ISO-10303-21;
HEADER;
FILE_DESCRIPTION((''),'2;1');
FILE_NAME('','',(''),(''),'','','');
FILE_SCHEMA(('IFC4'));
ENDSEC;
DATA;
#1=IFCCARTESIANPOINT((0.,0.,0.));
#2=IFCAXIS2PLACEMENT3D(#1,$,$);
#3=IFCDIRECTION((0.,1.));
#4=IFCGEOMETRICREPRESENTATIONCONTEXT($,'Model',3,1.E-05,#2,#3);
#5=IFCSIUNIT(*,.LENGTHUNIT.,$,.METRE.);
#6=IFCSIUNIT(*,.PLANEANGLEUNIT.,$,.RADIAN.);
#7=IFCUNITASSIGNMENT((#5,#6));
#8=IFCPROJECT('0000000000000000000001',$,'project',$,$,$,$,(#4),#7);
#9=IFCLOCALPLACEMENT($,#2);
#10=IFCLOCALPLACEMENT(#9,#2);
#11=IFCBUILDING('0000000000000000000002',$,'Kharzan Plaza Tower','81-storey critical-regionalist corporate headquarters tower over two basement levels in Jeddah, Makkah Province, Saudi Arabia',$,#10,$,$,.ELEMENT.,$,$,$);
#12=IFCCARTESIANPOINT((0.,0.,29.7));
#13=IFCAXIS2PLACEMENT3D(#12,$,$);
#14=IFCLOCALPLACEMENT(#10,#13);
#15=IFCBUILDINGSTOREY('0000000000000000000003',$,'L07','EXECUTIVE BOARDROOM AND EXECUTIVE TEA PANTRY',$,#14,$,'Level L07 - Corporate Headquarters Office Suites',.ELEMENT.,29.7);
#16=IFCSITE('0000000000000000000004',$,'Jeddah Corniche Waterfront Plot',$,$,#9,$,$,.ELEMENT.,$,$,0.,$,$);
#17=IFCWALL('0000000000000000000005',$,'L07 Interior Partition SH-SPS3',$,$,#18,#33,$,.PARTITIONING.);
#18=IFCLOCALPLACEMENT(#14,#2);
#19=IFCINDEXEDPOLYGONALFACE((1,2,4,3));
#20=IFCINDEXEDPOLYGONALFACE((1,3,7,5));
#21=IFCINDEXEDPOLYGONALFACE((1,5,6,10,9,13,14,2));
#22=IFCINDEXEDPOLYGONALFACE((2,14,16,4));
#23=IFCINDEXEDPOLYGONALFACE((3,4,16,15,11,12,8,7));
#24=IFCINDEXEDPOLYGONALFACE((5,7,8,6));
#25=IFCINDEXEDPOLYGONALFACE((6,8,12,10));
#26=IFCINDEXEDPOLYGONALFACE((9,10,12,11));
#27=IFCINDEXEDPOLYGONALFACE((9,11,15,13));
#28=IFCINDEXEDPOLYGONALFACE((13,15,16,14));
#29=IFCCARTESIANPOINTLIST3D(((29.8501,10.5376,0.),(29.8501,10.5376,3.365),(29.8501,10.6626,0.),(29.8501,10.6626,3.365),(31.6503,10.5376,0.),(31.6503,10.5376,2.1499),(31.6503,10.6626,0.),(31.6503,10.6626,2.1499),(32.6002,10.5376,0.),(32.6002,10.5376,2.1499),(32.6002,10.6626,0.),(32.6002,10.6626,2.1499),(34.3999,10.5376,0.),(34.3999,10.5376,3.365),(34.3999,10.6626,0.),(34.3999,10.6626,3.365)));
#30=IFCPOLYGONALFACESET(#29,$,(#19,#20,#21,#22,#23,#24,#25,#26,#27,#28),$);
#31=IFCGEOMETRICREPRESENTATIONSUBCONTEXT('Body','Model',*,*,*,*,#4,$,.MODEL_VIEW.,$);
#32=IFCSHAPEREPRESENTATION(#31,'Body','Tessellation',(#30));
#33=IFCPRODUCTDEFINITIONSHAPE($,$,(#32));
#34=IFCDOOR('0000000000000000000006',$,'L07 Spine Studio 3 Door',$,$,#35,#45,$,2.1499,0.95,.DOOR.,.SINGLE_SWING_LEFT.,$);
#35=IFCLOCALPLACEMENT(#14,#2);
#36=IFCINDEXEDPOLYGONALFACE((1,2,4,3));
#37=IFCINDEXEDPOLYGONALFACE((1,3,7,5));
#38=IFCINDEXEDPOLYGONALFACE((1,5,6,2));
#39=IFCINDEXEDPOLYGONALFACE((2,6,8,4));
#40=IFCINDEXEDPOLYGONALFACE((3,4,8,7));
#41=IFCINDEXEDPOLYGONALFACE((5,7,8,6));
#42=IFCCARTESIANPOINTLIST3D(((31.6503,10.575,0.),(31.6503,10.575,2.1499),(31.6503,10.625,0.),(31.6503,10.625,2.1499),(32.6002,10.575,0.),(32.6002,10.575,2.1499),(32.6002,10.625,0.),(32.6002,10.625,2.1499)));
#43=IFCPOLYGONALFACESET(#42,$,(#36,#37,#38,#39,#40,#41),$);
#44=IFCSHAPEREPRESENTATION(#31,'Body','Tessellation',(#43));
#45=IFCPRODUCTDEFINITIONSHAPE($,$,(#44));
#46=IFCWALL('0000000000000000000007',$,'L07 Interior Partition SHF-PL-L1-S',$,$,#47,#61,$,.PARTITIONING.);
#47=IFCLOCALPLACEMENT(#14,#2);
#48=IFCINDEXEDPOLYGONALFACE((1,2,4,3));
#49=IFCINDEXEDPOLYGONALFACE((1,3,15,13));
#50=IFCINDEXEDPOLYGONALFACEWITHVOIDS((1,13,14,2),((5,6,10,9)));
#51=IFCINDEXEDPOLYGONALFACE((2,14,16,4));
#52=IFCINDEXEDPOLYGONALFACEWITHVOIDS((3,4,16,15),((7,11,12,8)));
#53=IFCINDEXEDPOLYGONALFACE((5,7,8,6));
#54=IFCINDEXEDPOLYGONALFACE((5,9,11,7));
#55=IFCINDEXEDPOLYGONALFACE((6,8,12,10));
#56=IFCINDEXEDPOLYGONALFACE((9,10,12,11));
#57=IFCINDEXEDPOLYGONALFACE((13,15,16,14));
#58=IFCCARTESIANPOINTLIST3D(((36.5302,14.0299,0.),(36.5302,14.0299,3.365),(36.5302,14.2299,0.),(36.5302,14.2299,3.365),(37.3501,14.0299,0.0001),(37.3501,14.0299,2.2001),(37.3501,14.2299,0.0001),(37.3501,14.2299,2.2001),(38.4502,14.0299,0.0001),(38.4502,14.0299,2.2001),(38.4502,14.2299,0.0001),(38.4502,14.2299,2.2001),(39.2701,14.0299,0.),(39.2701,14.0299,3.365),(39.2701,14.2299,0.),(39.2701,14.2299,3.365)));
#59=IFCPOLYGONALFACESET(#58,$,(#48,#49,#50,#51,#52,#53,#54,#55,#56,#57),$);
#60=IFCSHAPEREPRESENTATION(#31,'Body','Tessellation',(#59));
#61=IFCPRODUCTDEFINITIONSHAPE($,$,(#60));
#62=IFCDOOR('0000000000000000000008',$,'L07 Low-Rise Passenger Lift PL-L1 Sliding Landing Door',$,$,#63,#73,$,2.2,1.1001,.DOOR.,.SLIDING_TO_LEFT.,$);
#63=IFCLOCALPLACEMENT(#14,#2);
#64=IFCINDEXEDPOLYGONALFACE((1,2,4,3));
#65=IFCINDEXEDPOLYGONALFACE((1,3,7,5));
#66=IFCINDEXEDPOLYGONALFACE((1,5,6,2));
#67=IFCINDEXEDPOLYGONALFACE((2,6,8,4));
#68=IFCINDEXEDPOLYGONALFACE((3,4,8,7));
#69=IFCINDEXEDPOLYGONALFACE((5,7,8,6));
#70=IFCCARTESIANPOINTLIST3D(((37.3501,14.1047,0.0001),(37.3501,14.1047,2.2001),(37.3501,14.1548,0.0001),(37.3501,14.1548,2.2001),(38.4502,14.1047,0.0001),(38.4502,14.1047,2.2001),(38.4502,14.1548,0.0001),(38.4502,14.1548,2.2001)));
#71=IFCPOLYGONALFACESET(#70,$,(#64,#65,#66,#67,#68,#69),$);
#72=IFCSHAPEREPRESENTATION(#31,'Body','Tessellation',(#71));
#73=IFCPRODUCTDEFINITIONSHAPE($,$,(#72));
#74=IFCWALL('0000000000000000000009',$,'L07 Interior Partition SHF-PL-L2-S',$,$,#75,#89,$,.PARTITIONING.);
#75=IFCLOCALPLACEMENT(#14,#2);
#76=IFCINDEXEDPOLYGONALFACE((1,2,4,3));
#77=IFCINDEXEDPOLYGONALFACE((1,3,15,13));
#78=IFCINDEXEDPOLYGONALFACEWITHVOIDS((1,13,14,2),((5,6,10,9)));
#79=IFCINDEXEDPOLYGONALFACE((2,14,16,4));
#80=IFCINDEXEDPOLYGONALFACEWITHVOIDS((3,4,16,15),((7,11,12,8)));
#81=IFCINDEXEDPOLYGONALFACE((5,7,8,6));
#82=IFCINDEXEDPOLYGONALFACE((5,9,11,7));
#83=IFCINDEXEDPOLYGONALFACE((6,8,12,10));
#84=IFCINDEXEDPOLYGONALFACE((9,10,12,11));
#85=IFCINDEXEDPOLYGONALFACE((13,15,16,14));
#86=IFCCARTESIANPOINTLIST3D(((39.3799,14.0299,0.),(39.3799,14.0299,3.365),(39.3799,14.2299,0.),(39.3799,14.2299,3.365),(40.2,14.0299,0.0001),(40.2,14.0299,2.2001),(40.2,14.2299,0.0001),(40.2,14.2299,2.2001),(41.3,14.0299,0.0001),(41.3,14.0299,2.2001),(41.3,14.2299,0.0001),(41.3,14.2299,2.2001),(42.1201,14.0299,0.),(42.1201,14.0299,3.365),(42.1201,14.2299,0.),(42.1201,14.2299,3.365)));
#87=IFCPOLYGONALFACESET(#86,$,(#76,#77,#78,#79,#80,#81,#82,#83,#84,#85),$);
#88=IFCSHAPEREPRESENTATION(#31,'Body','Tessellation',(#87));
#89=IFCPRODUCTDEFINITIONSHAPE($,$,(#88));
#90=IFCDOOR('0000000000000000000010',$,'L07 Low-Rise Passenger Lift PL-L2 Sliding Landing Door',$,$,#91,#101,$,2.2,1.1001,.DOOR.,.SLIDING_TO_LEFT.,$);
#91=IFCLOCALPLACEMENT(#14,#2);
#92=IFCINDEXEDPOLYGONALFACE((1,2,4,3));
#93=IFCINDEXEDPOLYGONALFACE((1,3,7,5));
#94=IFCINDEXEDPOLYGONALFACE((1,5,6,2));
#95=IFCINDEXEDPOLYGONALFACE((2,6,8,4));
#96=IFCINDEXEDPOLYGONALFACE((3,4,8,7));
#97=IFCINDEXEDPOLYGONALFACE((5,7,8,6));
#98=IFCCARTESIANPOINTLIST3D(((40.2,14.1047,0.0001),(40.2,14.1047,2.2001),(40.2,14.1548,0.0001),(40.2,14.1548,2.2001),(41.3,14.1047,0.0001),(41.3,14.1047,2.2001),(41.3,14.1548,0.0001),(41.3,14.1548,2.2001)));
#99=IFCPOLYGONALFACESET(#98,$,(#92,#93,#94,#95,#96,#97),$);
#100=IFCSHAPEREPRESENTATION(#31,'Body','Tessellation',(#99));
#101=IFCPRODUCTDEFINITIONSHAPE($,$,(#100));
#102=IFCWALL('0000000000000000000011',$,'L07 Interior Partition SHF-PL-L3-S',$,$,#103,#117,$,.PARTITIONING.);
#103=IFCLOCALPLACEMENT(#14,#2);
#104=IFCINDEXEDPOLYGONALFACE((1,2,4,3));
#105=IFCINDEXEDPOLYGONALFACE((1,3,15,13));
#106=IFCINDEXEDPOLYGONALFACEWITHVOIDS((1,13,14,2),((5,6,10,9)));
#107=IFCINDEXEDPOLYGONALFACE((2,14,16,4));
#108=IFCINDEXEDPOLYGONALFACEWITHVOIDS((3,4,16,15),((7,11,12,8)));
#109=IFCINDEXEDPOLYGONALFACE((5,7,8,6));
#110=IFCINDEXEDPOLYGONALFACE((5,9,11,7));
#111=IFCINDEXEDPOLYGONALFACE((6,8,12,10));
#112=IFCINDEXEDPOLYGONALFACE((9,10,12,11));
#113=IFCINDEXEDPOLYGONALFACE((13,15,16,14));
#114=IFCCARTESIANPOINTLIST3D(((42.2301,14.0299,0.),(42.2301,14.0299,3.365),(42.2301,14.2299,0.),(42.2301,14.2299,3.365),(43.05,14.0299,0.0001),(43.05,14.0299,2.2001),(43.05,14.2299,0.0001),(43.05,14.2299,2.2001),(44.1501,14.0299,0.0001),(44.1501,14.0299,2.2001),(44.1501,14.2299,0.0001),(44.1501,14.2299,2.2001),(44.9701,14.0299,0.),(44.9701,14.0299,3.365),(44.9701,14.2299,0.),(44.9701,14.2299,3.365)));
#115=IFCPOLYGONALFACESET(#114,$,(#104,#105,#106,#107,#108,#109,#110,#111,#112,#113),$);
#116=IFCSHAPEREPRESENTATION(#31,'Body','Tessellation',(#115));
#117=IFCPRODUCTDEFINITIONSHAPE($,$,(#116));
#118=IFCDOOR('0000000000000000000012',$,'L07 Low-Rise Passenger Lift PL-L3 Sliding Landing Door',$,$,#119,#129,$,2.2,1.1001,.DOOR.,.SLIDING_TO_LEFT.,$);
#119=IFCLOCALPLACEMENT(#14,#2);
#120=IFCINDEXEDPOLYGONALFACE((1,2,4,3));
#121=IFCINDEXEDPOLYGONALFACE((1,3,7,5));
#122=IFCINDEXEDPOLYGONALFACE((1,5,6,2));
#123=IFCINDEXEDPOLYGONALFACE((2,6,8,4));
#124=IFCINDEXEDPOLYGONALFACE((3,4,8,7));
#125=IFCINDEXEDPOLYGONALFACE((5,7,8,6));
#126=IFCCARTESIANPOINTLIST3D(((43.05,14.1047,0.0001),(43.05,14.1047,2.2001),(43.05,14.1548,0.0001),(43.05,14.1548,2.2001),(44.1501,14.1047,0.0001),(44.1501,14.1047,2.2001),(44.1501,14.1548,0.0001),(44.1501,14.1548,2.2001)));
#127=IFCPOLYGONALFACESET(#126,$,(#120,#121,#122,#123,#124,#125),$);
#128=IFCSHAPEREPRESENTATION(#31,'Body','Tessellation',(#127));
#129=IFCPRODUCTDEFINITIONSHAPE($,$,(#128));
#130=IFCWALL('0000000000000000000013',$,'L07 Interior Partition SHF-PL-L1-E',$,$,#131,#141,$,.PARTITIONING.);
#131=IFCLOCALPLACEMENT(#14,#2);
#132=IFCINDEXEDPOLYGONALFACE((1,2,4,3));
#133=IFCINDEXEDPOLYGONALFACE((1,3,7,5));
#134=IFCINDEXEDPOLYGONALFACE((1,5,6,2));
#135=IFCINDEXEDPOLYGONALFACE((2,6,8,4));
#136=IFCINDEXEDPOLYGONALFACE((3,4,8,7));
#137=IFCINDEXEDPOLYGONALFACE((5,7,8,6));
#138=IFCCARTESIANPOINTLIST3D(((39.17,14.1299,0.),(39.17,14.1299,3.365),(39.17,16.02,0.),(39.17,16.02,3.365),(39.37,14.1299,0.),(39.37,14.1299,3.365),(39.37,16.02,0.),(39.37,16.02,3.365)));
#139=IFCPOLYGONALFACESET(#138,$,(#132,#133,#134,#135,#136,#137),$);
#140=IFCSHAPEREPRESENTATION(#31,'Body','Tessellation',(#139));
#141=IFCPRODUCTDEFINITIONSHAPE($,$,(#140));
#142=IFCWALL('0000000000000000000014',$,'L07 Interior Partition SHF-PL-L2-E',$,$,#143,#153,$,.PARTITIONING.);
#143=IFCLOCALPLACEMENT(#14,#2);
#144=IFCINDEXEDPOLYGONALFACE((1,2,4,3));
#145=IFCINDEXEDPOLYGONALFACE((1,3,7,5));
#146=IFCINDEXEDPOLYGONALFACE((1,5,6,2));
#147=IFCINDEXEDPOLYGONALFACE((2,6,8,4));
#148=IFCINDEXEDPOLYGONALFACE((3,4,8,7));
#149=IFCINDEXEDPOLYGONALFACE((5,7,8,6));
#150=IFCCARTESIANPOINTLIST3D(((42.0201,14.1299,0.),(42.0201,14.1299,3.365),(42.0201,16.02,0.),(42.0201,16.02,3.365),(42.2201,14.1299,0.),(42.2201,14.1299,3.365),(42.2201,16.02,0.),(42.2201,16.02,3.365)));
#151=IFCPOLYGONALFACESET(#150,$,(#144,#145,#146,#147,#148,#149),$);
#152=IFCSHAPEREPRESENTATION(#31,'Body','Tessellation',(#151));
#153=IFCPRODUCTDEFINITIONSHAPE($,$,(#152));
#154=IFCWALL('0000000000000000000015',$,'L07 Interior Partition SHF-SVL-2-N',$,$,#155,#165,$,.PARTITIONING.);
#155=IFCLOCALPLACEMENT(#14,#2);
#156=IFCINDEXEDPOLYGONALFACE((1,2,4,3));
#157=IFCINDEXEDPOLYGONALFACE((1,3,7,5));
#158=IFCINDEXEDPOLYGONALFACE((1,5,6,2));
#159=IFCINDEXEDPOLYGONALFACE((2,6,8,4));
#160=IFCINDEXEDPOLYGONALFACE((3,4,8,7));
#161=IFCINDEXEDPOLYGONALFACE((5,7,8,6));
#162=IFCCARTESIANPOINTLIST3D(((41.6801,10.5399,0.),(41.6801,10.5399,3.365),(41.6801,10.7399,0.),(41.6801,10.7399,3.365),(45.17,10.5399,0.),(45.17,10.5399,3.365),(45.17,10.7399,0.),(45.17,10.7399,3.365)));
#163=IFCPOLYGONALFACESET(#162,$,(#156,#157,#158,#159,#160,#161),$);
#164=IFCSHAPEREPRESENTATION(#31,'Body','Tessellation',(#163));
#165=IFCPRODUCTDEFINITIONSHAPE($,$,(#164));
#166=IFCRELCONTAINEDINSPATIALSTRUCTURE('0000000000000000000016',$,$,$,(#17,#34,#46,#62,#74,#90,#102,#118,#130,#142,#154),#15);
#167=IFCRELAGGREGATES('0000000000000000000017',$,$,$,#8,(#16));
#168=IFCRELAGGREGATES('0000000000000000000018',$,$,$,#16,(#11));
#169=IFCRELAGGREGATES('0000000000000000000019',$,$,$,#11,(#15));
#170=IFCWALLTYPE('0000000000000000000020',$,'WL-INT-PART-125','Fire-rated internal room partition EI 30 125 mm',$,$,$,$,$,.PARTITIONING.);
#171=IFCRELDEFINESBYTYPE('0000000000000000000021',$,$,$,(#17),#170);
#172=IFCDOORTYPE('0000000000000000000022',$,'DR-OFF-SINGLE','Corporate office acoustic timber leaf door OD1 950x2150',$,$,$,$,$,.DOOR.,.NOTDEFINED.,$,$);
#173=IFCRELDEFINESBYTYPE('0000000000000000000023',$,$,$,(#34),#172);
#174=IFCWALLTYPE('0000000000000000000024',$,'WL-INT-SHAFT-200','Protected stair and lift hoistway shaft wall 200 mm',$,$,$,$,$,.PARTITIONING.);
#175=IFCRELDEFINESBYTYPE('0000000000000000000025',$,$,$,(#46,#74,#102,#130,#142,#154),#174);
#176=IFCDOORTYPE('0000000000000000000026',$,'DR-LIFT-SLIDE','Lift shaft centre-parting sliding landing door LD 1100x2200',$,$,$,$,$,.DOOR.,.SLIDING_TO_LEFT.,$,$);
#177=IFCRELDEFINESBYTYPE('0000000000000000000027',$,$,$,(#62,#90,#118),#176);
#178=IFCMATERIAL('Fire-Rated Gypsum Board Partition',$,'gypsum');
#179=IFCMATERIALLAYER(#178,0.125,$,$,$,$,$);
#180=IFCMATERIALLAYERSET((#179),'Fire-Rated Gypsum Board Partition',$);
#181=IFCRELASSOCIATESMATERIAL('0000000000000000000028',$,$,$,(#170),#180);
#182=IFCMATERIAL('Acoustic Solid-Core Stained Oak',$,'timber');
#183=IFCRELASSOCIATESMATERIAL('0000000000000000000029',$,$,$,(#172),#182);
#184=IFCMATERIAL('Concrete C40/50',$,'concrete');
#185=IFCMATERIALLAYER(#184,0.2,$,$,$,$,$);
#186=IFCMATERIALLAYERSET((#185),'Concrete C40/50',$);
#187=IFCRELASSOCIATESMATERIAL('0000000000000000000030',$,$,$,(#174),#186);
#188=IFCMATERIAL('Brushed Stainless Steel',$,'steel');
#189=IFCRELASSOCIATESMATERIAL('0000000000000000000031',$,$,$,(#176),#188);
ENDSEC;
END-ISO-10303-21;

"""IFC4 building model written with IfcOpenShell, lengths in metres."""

from ifc_helpers import new_model, si_unit, direction, frame, frame_2d, origin, place, context, subcontext, project, spatial, rectangle, extrude, source, transform, mapped, material, layer, layer_set, type_object, element, fill, save


model = new_model("IFC4")

# Units and contexts
model_context = context("Model", 3, precision=1e-05, world=origin(), true_north=direction((0.0, 1.0)))
body_context = subcontext(model_context, "Body", "Model", "MODEL_VIEW")
ifc_project = project(units=[si_unit("LENGTHUNIT", "METRE"), si_unit("PLANEANGLEUNIT", "RADIAN")], contexts=[model_context])

# Site, building, storey
site_placement = place(None, origin())
site = spatial("IfcSite", under=ifc_project, at=site_placement, Name="Jeddah Corniche Waterfront Plot", CompositionType="ELEMENT", RefElevation=0.0)
building_placement = place(site_placement, origin())
building = spatial("IfcBuilding", under=site, at=building_placement, Name="Kharzan Plaza Tower", Description="81-storey critical-regionalist corporate headquarters tower over two basement levels in Jeddah, Makkah Province, Saudi Arabia", CompositionType="ELEMENT")
storey_placement = place(building_placement, frame((0.0, 0.0, 29.7)))
storey = spatial("IfcBuildingStorey", under=building, at=storey_placement, Name="L07", Description="EXECUTIVE BOARDROOM AND EXECUTIVE TEA PANTRY", LongName="Level L07 - Corporate Headquarters Office Suites", CompositionType="ELEMENT", Elevation=29.7)

# Walls, openings, doors
ifc_material_1 = material(Name="Fire-Rated Gypsum Board Partition", Category="gypsum")
ifc_layer_1 = layer(ifc_material_1, 0.125)
ifc_layer_set_1 = layer_set([ifc_layer_1], Name="Fire-Rated Gypsum Board Partition")
wall_type_1 = type_object("IfcWallType", Name="WL-INT-PART-125", Description="Fire-rated internal room partition EI 30 125 mm", PredefinedType="PARTITIONING", material=ifc_layer_set_1)
ifc_material_2 = material(Name="Acoustic Solid-Core Stained Oak", Category="timber")
door_type_1 = type_object("IfcDoorType", Name="DR-OFF-SINGLE", Description="Corporate office acoustic timber leaf door OD1 950x2150", OperationType="NOTDEFINED", PredefinedType="DOOR", material=ifc_material_2)
shared_shape_1 = source(origin(), body_context, "Body", "SweptSolid", [
    extrude(rectangle(XDim=0.95, YDim=2.1499, at=frame_2d((0.4751, 1.075))), frame((0.0, 0.0249, 0.0), z_axis=(0.0, -1.0, 0.0), x_axis=(1.0, 0.0, 0.0)), (0.0, 0.0, 1.0), 0.05),
])
wall_1_placement = place(storey_placement, frame((29.8501, 10.6001, 0.0), z_axis=(0.0, 0.0, 1.0), x_axis=(1.0, 0.0, 0.0)))
wall_1 = element("IfcWall", 1, at=wall_1_placement, inside=storey, type_object=wall_type_1, Name="L07 Interior Partition SH-SPS3", PredefinedType="PARTITIONING", context=body_context, shape_type="SweptSolid", body=[
    extrude(rectangle(XDim=4.5498, YDim=0.125, at=frame_2d((2.2749, 0.0))), origin(), (0.0, 0.0, 1.0), 3.365),
])
opening_1_placement = place(wall_1_placement, frame((1.8, 0.0, 0.0)))
opening_1 = element("IfcOpeningElement", 2, at=opening_1_placement, cuts=wall_1, PredefinedType="OPENING", context=body_context, shape_type="SweptSolid", body=[
    extrude(rectangle(XDim=0.95, YDim=2.1499, at=frame_2d((0.4751, 1.075))), frame((0.0, 0.0725, 0.0), z_axis=(0.0, -1.0, 0.0), x_axis=(1.0, 0.0, 0.0)), (0.0, 0.0, 1.0), 0.145),
])
door_1_placement = place(opening_1_placement, origin())
door_1 = element("IfcDoor", 3, at=door_1_placement, inside=storey, type_object=door_type_1, Name="L07 Spine Studio 3 Door", OperationType="SINGLE_SWING_LEFT", OverallHeight=2.1499, OverallWidth=0.95, PredefinedType="DOOR", context=body_context, shape_type="MappedRepresentation", body=[
    mapped(shared_shape_1, transform((0.0, 0.0, 0.0), x_axis=(1.0, 0.0, 0.0), y_axis=(0.0, 1.0, 0.0), z_axis=(0.0, 0.0, 1.0))),
])
fill(opening_1, door_1)
ifc_material_3 = material(Name="Concrete C40/50", Category="concrete")
ifc_layer_2 = layer(ifc_material_3, 0.2)
ifc_layer_set_2 = layer_set([ifc_layer_2], Name="Concrete C40/50")
wall_type_2 = type_object("IfcWallType", Name="WL-INT-SHAFT-200", Description="Protected stair and lift hoistway shaft wall 200 mm", PredefinedType="PARTITIONING", material=ifc_layer_set_2)
wall_2_placement = place(storey_placement, frame((36.53, 14.1299, 0.0), z_axis=(0.0, 0.0, 1.0), x_axis=(1.0, 0.0, 0.0)))
wall_2 = element("IfcWall", 4, at=wall_2_placement, inside=storey, type_object=wall_type_2, Name="L07 Interior Partition SHF-PL-L1-S", PredefinedType="PARTITIONING", context=body_context, shape_type="SweptSolid", body=[
    extrude(rectangle(XDim=2.74, YDim=0.2, at=frame_2d((1.3701, 0.0))), origin(), (0.0, 0.0, 1.0), 3.365),
])
opening_2_placement = place(wall_2_placement, frame((0.8201, 0.0, 0.0)))
opening_2 = element("IfcOpeningElement", 5, at=opening_2_placement, cuts=wall_2, PredefinedType="OPENING", context=body_context, shape_type="SweptSolid", body=[
    extrude(rectangle(XDim=1.1001, YDim=2.2, at=frame_2d((0.55, 1.1001))), frame((0.0, 0.1099, 0.0), z_axis=(0.0, -1.0, 0.0), x_axis=(1.0, 0.0, 0.0)), (0.0, 0.0, 1.0), 0.22),
])
ifc_material_4 = material(Name="Brushed Stainless Steel", Category="steel")
door_type_2 = type_object("IfcDoorType", Name="DR-LIFT-SLIDE", Description="Lift shaft centre-parting sliding landing door LD 1100x2200", OperationType="SLIDING_TO_LEFT", PredefinedType="DOOR", material=ifc_material_4)
shared_shape_2 = source(origin(), body_context, "Body", "SweptSolid", [
    extrude(rectangle(XDim=1.1001, YDim=2.2, at=frame_2d((0.55, 1.1001))), frame((0.0, 0.0249, 0.0), z_axis=(0.0, -1.0, 0.0), x_axis=(1.0, 0.0, 0.0)), (0.0, 0.0, 1.0), 0.05),
])
door_2_placement = place(opening_2_placement, origin())
door_2 = element("IfcDoor", 6, at=door_2_placement, inside=storey, type_object=door_type_2, Name="L07 Low-Rise Passenger Lift PL-L1 Sliding Landing Door", OperationType="SLIDING_TO_LEFT", OverallHeight=2.2, OverallWidth=1.1001, PredefinedType="DOOR", context=body_context, shape_type="MappedRepresentation", body=[
    mapped(shared_shape_2, transform((0.0, 0.0, 0.0), x_axis=(1.0, 0.0, 0.0), y_axis=(0.0, 1.0, 0.0), z_axis=(0.0, 0.0, 1.0))),
])
fill(opening_2, door_2)
wall_3_placement = place(storey_placement, frame((39.3799, 14.1299, 0.0), z_axis=(0.0, 0.0, 1.0), x_axis=(1.0, 0.0, 0.0)))
wall_3 = element("IfcWall", 7, at=wall_3_placement, inside=storey, type_object=wall_type_2, Name="L07 Interior Partition SHF-PL-L2-S", PredefinedType="PARTITIONING", context=body_context, shape_type="SweptSolid", body=[
    extrude(rectangle(XDim=2.7402, YDim=0.2, at=frame_2d((1.3701, 0.0))), origin(), (0.0, 0.0, 1.0), 3.365),
])
opening_3_placement = place(wall_3_placement, frame((0.8201, 0.0, 0.0)))
opening_3 = element("IfcOpeningElement", 8, at=opening_3_placement, cuts=wall_3, PredefinedType="OPENING", context=body_context, shape_type="SweptSolid", body=[
    extrude(rectangle(XDim=1.1001, YDim=2.2, at=frame_2d((0.55, 1.1001))), frame((0.0, 0.1099, 0.0), z_axis=(0.0, -1.0, 0.0), x_axis=(1.0, 0.0, 0.0)), (0.0, 0.0, 1.0), 0.22),
])
door_3_placement = place(opening_3_placement, origin())
door_3 = element("IfcDoor", 9, at=door_3_placement, inside=storey, type_object=door_type_2, Name="L07 Low-Rise Passenger Lift PL-L2 Sliding Landing Door", OperationType="SLIDING_TO_LEFT", OverallHeight=2.2, OverallWidth=1.1001, PredefinedType="DOOR", context=body_context, shape_type="MappedRepresentation", body=[
    mapped(shared_shape_2, transform((0.0, 0.0, 0.0), x_axis=(1.0, 0.0, 0.0), y_axis=(0.0, 1.0, 0.0), z_axis=(0.0, 0.0, 1.0))),
])
fill(opening_3, door_3)
wall_4_placement = place(storey_placement, frame((42.23, 14.1299, 0.0), z_axis=(0.0, 0.0, 1.0), x_axis=(1.0, 0.0, 0.0)))
wall_4 = element("IfcWall", 10, at=wall_4_placement, inside=storey, type_object=wall_type_2, Name="L07 Interior Partition SHF-PL-L3-S", PredefinedType="PARTITIONING", context=body_context, shape_type="SweptSolid", body=[
    extrude(rectangle(XDim=2.74, YDim=0.2, at=frame_2d((1.3701, 0.0))), origin(), (0.0, 0.0, 1.0), 3.365),
])
opening_4_placement = place(wall_4_placement, frame((0.8201, 0.0, 0.0)))
opening_4 = element("IfcOpeningElement", 11, at=opening_4_placement, cuts=wall_4, PredefinedType="OPENING", context=body_context, shape_type="SweptSolid", body=[
    extrude(rectangle(XDim=1.1001, YDim=2.2, at=frame_2d((0.55, 1.1001))), frame((0.0, 0.1099, 0.0), z_axis=(0.0, -1.0, 0.0), x_axis=(1.0, 0.0, 0.0)), (0.0, 0.0, 1.0), 0.22),
])
door_4_placement = place(opening_4_placement, origin())
door_4 = element("IfcDoor", 12, at=door_4_placement, inside=storey, type_object=door_type_2, Name="L07 Low-Rise Passenger Lift PL-L3 Sliding Landing Door", OperationType="SLIDING_TO_LEFT", OverallHeight=2.2, OverallWidth=1.1001, PredefinedType="DOOR", context=body_context, shape_type="MappedRepresentation", body=[
    mapped(shared_shape_2, transform((0.0, 0.0, 0.0), x_axis=(1.0, 0.0, 0.0), y_axis=(0.0, 1.0, 0.0), z_axis=(0.0, 0.0, 1.0))),
])
fill(opening_4, door_4)

# Walls
shared_shape_3 = source(origin(), body_context, "Body", "SweptSolid", [
    extrude(rectangle(XDim=1.8901, YDim=0.2, at=frame_2d((0.9451, 0.0))), origin(), (0.0, 0.0, 1.0), 3.365),
])
for number, where, z_axis, x_axis, name in (
    (13, (39.27, 14.1299, 0.0), (0.0, 0.0, 1.0), (0.0, 1.0, 0.0), "L07 Interior Partition SHF-PL-L1-E"),
    (14, (42.1201, 14.1299, 0.0), (0.0, 0.0, 1.0), (0.0, 1.0, 0.0), "L07 Interior Partition SHF-PL-L2-E"),
):
    element("IfcWall", number, at=place(storey_placement, frame(where, z_axis=z_axis, x_axis=x_axis)), inside=storey, type_object=wall_type_2, Name=name, PredefinedType="PARTITIONING", context=body_context, shape_type="MappedRepresentation", body=[
        mapped(shared_shape_3, transform((0.0, 0.0, 0.0), x_axis=(1.0, 0.0, 0.0), y_axis=(0.0, 1.0, 0.0), z_axis=(0.0, 0.0, 1.0))),
    ])
shared_shape_4 = source(origin(), body_context, "Body", "SweptSolid", [
    extrude(rectangle(XDim=3.49, YDim=0.2, at=frame_2d((1.7451, 0.0))), origin(), (0.0, 0.0, 1.0), 3.365),
])
wall_5_placement = place(storey_placement, frame((41.6799, 10.6399, 0.0), z_axis=(0.0, 0.0, 1.0), x_axis=(1.0, 0.0, 0.0)))
element("IfcWall", 15, at=wall_5_placement, inside=storey, type_object=wall_type_2, Name="L07 Interior Partition SHF-SVL-2-N", PredefinedType="PARTITIONING", context=body_context, shape_type="MappedRepresentation", body=[
    mapped(shared_shape_4, transform((0.0, 0.0, 0.0), x_axis=(1.0, 0.0, 0.0), y_axis=(0.0, 1.0, 0.0), z_axis=(0.0, 0.0, 1.0))),
])

save(model, "model.ifc")
